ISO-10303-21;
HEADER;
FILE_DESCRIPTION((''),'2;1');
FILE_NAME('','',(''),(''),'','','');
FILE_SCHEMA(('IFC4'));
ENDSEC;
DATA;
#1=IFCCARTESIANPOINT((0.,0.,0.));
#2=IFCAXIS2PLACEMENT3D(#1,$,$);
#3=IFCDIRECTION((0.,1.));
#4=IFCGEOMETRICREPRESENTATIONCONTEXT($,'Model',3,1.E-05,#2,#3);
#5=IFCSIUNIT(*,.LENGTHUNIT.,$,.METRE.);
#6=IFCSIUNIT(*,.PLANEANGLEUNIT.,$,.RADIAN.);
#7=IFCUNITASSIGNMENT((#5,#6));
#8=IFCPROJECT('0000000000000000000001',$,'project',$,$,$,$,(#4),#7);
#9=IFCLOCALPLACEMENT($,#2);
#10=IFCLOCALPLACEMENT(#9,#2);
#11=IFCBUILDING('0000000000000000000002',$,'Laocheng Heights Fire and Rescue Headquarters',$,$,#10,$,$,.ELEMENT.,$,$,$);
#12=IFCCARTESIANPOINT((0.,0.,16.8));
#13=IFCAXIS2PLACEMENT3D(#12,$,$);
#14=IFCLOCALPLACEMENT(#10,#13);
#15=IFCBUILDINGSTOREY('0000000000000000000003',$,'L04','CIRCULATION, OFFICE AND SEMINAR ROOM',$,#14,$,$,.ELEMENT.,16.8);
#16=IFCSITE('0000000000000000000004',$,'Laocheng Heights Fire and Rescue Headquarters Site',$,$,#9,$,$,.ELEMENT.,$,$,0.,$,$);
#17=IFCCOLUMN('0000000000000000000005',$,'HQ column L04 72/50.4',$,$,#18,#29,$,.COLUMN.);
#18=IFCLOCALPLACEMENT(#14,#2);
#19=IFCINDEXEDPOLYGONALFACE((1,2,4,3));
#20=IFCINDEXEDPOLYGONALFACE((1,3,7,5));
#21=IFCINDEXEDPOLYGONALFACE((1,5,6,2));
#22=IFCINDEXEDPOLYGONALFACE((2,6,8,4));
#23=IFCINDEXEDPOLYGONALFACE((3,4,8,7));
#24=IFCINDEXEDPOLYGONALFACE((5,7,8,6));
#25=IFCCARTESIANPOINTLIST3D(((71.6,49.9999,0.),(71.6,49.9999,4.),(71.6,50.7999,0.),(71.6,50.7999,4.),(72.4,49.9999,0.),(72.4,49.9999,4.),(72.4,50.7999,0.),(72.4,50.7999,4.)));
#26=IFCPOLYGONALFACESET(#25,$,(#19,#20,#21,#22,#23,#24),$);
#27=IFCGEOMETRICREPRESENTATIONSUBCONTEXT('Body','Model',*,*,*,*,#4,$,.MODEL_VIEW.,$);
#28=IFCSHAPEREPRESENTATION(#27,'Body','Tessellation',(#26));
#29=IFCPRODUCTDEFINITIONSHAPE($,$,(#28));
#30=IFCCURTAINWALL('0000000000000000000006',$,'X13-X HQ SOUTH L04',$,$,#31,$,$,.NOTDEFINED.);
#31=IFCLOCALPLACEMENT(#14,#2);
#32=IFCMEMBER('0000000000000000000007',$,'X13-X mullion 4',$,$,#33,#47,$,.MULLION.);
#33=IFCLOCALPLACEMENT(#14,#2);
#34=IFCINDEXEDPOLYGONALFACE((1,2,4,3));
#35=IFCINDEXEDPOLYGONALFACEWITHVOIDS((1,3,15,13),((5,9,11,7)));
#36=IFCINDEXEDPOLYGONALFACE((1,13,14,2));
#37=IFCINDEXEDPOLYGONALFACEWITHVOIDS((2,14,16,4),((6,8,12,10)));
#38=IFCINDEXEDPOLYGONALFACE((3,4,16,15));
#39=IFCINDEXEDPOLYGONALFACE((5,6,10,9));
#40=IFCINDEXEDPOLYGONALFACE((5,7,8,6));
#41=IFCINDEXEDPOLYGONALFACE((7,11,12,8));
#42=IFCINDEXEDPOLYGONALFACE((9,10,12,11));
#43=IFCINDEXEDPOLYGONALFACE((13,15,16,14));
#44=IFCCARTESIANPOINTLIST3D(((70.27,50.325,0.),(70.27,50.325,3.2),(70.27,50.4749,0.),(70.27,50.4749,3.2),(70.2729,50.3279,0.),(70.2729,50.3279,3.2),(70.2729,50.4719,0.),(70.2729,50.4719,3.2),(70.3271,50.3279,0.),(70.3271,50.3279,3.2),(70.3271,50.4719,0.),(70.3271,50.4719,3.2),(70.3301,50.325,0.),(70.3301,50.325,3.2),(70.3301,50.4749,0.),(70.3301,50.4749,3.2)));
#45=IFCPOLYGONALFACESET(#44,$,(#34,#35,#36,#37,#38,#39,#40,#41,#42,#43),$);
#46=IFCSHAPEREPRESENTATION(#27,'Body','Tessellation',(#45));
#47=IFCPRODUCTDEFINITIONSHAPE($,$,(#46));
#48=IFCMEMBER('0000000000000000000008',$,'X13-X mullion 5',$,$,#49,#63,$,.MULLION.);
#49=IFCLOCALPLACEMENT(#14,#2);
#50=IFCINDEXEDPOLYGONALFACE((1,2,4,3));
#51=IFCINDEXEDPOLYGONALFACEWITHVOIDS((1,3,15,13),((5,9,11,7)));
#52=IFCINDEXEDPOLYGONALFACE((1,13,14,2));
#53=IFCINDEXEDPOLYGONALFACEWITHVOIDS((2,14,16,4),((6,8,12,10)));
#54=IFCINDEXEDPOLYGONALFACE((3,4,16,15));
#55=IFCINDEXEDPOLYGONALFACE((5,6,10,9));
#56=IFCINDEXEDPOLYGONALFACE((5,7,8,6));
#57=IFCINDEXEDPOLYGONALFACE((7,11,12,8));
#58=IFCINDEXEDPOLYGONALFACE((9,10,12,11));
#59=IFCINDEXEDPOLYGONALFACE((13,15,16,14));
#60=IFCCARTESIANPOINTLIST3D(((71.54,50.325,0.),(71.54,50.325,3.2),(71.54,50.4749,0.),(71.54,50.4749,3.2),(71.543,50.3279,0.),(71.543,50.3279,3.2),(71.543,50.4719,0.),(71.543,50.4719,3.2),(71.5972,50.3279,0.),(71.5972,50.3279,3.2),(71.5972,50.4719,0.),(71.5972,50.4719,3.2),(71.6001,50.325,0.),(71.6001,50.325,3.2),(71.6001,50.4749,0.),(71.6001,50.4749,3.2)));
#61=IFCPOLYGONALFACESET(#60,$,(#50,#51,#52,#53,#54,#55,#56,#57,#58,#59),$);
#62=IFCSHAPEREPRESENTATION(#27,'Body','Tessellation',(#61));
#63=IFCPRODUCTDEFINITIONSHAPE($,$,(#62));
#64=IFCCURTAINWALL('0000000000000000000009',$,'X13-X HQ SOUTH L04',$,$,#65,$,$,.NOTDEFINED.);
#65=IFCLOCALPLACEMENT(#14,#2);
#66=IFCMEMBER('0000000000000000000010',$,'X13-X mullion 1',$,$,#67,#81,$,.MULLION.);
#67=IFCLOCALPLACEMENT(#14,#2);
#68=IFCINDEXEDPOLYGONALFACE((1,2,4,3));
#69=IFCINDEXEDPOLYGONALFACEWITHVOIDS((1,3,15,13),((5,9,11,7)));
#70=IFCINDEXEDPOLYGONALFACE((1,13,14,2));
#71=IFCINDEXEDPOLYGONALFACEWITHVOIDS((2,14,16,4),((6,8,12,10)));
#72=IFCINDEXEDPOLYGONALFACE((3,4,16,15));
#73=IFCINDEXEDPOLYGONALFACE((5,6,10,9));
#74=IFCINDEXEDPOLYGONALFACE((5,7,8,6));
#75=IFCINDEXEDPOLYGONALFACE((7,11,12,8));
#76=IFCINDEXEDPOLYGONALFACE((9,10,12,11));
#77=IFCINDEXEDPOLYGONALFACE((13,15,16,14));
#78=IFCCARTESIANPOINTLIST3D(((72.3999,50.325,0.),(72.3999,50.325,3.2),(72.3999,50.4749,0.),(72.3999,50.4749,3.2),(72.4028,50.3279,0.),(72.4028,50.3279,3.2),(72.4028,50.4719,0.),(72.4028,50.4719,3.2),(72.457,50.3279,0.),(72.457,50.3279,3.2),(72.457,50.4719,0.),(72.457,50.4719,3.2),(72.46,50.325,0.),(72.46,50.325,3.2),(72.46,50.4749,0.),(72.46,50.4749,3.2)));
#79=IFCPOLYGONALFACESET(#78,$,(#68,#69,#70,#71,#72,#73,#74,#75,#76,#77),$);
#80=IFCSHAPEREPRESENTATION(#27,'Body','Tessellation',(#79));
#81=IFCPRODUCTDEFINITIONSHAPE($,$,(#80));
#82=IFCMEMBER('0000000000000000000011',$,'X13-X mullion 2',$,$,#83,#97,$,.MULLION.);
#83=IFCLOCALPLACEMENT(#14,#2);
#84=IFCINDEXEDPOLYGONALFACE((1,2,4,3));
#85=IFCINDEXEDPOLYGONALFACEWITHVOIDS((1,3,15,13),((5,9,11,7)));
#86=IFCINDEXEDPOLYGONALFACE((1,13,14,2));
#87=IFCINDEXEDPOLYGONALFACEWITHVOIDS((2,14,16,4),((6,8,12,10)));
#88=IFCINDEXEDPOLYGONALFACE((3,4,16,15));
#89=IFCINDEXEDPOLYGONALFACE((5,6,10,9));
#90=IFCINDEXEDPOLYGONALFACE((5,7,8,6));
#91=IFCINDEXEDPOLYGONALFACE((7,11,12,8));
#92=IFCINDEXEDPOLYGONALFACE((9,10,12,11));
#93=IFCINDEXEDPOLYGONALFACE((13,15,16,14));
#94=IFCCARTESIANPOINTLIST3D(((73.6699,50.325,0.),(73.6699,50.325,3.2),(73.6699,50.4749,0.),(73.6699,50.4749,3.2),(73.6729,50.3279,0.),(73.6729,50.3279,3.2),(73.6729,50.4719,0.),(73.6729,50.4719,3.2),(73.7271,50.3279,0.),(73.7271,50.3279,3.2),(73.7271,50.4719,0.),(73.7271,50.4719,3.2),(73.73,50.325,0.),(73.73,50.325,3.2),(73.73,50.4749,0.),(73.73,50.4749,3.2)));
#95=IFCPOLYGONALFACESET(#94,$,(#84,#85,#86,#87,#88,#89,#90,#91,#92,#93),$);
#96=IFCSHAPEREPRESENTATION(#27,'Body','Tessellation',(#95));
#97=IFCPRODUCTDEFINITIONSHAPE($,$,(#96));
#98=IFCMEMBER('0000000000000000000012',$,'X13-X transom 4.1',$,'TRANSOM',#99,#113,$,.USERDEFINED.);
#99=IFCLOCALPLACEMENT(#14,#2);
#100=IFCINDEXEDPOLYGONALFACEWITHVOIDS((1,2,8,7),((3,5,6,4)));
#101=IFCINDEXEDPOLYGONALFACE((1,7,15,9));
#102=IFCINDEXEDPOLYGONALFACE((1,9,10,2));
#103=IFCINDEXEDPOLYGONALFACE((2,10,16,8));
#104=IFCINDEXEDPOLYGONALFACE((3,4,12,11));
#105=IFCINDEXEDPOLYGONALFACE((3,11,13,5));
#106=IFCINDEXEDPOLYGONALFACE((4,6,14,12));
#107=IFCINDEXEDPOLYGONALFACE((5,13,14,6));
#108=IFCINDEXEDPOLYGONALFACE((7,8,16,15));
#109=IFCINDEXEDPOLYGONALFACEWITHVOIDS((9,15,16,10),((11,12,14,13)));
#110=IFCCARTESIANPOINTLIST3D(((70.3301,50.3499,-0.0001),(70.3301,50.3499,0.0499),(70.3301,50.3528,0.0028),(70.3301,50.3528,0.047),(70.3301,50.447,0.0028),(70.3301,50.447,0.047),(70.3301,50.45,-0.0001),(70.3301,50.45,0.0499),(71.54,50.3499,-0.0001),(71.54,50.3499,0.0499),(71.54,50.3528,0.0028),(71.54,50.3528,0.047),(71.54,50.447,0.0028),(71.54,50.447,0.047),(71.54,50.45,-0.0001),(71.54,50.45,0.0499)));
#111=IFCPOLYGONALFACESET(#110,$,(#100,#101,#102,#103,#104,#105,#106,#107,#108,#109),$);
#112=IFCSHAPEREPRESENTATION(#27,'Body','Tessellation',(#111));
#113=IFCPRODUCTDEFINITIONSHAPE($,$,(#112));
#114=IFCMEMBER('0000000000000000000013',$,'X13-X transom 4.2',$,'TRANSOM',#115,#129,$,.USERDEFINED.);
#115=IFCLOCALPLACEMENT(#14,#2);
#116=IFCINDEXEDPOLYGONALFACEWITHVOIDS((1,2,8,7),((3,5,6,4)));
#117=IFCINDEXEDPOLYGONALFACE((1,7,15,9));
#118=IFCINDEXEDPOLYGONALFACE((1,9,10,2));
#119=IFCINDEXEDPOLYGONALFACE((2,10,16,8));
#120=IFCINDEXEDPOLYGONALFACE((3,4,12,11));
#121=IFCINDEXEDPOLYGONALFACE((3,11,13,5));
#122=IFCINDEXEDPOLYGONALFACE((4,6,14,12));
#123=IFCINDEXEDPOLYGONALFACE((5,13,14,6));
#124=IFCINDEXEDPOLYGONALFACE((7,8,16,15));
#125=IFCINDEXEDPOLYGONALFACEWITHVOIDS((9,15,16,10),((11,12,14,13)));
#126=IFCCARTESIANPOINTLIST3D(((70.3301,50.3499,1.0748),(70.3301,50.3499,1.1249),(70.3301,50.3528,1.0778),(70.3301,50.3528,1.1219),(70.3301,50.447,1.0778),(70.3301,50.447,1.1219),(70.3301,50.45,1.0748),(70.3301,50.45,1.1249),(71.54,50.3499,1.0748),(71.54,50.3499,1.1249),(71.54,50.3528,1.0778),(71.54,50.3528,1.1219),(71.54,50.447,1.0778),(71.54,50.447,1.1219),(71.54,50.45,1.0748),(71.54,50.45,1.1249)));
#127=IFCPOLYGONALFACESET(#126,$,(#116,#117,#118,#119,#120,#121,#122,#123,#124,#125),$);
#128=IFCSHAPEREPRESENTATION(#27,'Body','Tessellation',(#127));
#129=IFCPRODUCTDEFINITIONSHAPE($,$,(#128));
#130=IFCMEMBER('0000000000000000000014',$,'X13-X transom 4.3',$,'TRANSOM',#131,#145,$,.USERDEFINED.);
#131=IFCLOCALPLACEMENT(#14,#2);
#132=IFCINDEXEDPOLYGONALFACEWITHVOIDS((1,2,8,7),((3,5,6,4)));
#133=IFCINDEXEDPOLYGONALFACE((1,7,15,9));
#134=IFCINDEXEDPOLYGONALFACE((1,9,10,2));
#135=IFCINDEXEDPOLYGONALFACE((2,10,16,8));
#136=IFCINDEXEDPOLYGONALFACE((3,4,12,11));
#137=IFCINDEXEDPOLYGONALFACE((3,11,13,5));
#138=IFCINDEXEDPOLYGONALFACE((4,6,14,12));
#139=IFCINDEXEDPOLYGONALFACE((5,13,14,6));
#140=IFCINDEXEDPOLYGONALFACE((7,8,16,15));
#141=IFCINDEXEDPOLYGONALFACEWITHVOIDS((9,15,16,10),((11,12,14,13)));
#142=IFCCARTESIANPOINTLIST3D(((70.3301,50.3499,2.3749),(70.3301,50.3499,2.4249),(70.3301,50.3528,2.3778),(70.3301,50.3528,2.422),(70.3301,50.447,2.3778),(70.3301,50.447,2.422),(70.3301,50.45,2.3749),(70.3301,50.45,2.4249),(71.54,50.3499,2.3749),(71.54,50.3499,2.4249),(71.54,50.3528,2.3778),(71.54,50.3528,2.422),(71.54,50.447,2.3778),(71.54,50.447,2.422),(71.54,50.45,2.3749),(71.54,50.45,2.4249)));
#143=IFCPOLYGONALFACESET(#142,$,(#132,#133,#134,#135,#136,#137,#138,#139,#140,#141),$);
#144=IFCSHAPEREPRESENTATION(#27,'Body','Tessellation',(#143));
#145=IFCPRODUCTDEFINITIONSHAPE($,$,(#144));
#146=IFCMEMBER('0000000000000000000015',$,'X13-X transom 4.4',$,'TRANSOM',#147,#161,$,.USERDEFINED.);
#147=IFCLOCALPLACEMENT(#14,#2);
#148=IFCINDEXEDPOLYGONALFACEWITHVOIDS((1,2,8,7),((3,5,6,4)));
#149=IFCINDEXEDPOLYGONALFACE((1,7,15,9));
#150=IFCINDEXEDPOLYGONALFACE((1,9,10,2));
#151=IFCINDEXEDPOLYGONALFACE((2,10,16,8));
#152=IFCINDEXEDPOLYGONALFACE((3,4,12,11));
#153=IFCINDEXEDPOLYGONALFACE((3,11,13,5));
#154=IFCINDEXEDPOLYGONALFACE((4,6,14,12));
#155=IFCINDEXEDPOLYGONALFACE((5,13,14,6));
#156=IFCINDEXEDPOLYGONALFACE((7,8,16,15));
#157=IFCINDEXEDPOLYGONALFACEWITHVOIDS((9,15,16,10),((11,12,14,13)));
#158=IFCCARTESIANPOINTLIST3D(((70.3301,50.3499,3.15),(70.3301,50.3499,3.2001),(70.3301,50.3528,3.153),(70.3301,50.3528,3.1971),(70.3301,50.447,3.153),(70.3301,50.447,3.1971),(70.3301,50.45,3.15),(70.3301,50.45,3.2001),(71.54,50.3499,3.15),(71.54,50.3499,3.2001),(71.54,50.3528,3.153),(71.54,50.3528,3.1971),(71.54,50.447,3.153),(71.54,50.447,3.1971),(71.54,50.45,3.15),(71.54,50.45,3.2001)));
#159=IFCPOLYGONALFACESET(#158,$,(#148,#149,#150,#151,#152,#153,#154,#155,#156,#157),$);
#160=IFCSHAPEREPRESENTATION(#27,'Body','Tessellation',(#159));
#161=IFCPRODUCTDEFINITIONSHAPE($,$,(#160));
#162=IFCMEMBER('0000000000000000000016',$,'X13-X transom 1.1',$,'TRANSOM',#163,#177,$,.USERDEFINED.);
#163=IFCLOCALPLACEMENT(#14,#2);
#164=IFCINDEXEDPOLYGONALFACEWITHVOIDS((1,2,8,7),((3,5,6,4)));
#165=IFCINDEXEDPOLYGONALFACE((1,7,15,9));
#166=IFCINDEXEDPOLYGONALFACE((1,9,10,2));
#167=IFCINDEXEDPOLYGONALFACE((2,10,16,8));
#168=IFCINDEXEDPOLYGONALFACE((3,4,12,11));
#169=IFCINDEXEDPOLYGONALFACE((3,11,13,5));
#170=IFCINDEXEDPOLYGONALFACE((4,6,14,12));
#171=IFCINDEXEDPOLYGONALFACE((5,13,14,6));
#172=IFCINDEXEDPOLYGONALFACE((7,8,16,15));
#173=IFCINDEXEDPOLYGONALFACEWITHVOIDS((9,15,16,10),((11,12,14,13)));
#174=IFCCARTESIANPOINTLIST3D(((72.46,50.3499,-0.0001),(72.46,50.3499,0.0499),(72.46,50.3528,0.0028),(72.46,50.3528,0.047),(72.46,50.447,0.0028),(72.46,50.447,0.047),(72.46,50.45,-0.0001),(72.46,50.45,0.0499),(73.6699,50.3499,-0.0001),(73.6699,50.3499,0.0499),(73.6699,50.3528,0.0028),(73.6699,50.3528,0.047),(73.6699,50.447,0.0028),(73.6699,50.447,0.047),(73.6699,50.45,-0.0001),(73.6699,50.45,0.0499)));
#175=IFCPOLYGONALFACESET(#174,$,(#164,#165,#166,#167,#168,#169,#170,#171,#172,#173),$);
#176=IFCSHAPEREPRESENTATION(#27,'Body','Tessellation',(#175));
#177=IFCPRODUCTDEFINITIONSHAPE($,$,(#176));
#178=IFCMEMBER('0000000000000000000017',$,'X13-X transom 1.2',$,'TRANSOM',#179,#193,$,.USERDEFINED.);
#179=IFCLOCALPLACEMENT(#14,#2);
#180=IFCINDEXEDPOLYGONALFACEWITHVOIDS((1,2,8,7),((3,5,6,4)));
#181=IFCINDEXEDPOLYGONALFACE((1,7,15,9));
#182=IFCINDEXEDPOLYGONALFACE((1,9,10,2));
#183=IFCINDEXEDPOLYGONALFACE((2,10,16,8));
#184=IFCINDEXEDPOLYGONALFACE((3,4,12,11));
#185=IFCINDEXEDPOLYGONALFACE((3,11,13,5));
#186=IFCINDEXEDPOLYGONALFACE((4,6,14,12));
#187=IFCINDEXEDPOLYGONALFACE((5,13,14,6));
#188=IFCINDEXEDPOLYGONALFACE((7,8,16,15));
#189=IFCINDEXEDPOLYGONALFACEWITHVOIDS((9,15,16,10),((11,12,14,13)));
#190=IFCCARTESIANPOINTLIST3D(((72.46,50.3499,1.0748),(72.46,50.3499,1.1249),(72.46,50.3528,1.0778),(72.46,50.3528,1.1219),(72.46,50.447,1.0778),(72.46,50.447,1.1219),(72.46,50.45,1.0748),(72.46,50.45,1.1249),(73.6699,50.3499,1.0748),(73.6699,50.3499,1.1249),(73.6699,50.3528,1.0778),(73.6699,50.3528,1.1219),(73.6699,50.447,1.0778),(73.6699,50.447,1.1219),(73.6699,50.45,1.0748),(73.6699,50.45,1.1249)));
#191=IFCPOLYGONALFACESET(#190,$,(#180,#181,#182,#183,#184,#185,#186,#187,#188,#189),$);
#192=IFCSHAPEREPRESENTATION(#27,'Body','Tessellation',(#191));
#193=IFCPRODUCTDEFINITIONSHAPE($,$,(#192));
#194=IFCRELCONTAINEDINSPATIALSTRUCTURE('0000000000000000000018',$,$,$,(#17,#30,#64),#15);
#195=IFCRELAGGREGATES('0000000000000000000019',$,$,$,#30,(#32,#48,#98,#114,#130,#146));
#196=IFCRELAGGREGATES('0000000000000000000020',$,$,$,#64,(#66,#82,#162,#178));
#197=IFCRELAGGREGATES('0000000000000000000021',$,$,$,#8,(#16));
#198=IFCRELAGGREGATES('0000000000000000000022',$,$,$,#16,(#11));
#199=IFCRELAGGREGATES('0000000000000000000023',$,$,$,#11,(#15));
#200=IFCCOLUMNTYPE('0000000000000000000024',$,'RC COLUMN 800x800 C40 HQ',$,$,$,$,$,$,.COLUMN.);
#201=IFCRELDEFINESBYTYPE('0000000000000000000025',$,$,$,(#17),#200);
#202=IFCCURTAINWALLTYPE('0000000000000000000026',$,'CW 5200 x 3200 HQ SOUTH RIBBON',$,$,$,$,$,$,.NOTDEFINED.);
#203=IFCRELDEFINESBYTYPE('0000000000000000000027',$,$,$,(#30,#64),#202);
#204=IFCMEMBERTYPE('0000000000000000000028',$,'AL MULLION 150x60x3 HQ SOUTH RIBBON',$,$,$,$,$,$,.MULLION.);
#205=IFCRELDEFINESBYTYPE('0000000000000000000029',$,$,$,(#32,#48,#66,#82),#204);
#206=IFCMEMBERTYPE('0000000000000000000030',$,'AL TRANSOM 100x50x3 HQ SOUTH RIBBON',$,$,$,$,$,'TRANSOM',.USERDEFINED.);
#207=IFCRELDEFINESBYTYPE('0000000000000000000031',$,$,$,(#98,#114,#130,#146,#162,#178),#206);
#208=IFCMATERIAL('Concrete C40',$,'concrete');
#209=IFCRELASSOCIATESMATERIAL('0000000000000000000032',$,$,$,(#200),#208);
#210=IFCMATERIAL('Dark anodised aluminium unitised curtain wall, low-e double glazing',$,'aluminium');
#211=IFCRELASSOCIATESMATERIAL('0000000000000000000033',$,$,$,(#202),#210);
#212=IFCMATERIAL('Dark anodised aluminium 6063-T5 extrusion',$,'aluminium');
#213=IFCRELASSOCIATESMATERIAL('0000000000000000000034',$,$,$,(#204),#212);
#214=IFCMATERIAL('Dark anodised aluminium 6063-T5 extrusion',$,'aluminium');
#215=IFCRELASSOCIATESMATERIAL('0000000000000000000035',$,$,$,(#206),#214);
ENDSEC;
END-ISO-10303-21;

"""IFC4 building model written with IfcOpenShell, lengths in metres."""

from ifc_helpers import new_model, si_unit, direction, frame, origin, origin_2d, place, context, subcontext, project, spatial, rectangle, hollow_rectangle, extrude, material, material_profile, profile_set, type_object, element, aggregate, save


model = new_model("IFC4")

# Units and contexts
model_context = context("Model", 3, precision=1e-05, world=origin(), true_north=direction((0.0, 1.0)))
body_context = subcontext(model_context, "Body", "Model", "MODEL_VIEW")
ifc_project = project(units=[si_unit("LENGTHUNIT", "METRE"), si_unit("PLANEANGLEUNIT", "RADIAN")], contexts=[model_context])

# Site, building, storey
site_placement = place(None, origin())
site = spatial("IfcSite", under=ifc_project, at=site_placement, Name="Laocheng Heights Fire and Rescue Headquarters Site", CompositionType="ELEMENT", RefElevation=0.0)
building_placement = place(site_placement, origin())
building = spatial("IfcBuilding", under=site, at=building_placement, Name="Laocheng Heights Fire and Rescue Headquarters", CompositionType="ELEMENT")
storey_placement = place(building_placement, frame((0.0, 0.0, 16.8)))
storey = spatial("IfcBuildingStorey", under=building, at=storey_placement, Name="L04", Description="CIRCULATION, OFFICE AND SEMINAR ROOM", CompositionType="ELEMENT", Elevation=16.8)

# Column
ifc_material_1 = material(Name="Concrete C40", Category="concrete")
ifc_material_profile_1 = material_profile(ifc_material_1, rectangle(XDim=0.8, YDim=0.8, at=origin_2d()), Name="RC COLUMN 800x800 C40 HQ")
ifc_profile_set_1 = profile_set([ifc_material_profile_1], Name="Concrete C40")
column_type = type_object("IfcColumnType", Name="RC COLUMN 800x800 C40 HQ", PredefinedType="COLUMN", material=ifc_profile_set_1)
column_placement = place(storey_placement, frame((72.0, 50.3999, 0.0), z_axis=(0.0, 0.0, 1.0), x_axis=(1.0, 0.0, 0.0)))
element("IfcColumn", 1, at=column_placement, inside=storey, type_object=column_type, Name="HQ column L04 72/50.4", PredefinedType="COLUMN", context=body_context, shape_type="SweptSolid", body=[
    extrude(rectangle(XDim=0.8, YDim=0.8, at=origin_2d()), origin(), (0.0, 0.0, 1.0), 4.0),
])

# Curtain walls, members
ifc_material_2 = material(Name="Dark anodised aluminium unitised curtain wall, low-e double glazing", Category="aluminium")
curtain_wall_type = type_object("IfcCurtainWallType", Name="CW 5200 x 3200 HQ SOUTH RIBBON", PredefinedType="NOTDEFINED", material=ifc_material_2)
curtain_wall_1_placement = place(storey_placement, origin())
curtain_wall_1 = element("IfcCurtainWall", 2, at=curtain_wall_1_placement, inside=storey, type_object=curtain_wall_type, Name="X13-X HQ SOUTH L04", PredefinedType="NOTDEFINED")
ifc_material_3 = material(Name="Dark anodised aluminium 6063-T5 extrusion", Category="aluminium")
ifc_material_profile_2 = material_profile(ifc_material_3, hollow_rectangle(XDim=0.1499, YDim=0.0601, WallThickness=0.0029, at=origin_2d()), Name="AL MULLION 150x60x3 HQ SOUTH RIBBON")
ifc_profile_set_2 = profile_set([ifc_material_profile_2], Name="Dark anodised aluminium 6063-T5 extrusion")
member_type_1 = type_object("IfcMemberType", Name="AL MULLION 150x60x3 HQ SOUTH RIBBON", PredefinedType="MULLION", material=ifc_profile_set_2)
member_1_placement = place(storey_placement, frame((70.3, 50.3999, 0.0), z_axis=(0.0, 0.0, 1.0), x_axis=(0.0, 1.0, 0.0)))
member_1 = element("IfcMember", 3, at=member_1_placement, type_object=member_type_1, Name="X13-X mullion 4", PredefinedType="MULLION", context=body_context, shape_type="SweptSolid", body=[
    extrude(hollow_rectangle(XDim=0.1499, YDim=0.0601, WallThickness=0.0029, at=origin_2d()), origin(), (0.0, 0.0, 1.0), 3.2),
])
member_2_placement = place(storey_placement, frame((71.5701, 50.3999, 0.0), z_axis=(0.0, 0.0, 1.0), x_axis=(0.0, 1.0, 0.0)))
member_2 = element("IfcMember", 4, at=member_2_placement, type_object=member_type_1, Name="X13-X mullion 5", PredefinedType="MULLION", context=body_context, shape_type="SweptSolid", body=[
    extrude(hollow_rectangle(XDim=0.1499, YDim=0.0601, WallThickness=0.0029, at=origin_2d()), origin(), (0.0, 0.0, 1.0), 3.2),
])
curtain_wall_2_placement = place(storey_placement, origin())
curtain_wall_2 = element("IfcCurtainWall", 5, at=curtain_wall_2_placement, inside=storey, type_object=curtain_wall_type, Name="X13-X HQ SOUTH L04", PredefinedType="NOTDEFINED")
member_3_placement = place(storey_placement, frame((72.4299, 50.3999, 0.0), z_axis=(0.0, 0.0, 1.0), x_axis=(0.0, 1.0, 0.0)))
member_3 = element("IfcMember", 6, at=member_3_placement, type_object=member_type_1, Name="X13-X mullion 1", PredefinedType="MULLION", context=body_context, shape_type="SweptSolid", body=[
    extrude(hollow_rectangle(XDim=0.1499, YDim=0.0601, WallThickness=0.0029, at=origin_2d()), origin(), (0.0, 0.0, 1.0), 3.2),
])
member_4_placement = place(storey_placement, frame((73.7, 50.3999, 0.0), z_axis=(0.0, 0.0, 1.0), x_axis=(0.0, 1.0, 0.0)))
member_4 = element("IfcMember", 7, at=member_4_placement, type_object=member_type_1, Name="X13-X mullion 2", PredefinedType="MULLION", context=body_context, shape_type="SweptSolid", body=[
    extrude(hollow_rectangle(XDim=0.1499, YDim=0.0601, WallThickness=0.0029, at=origin_2d()), origin(), (0.0, 0.0, 1.0), 3.2),
])

# Members
ifc_material_4 = material(Name="Dark anodised aluminium 6063-T5 extrusion", Category="aluminium")
ifc_material_profile_3 = material_profile(ifc_material_4, hollow_rectangle(XDim=0.1001, YDim=0.05, WallThickness=0.0029, at=origin_2d()), Name="AL TRANSOM 100x50x3 HQ SOUTH RIBBON")
ifc_profile_set_3 = profile_set([ifc_material_profile_3], Name="Dark anodised aluminium 6063-T5 extrusion")
member_type_2 = type_object("IfcMemberType", Name="AL TRANSOM 100x50x3 HQ SOUTH RIBBON", ElementType="TRANSOM", PredefinedType="USERDEFINED", material=ifc_profile_set_3)
member_5_placement = place(storey_placement, frame((70.3301, 50.3999, 0.0249), z_axis=(1.0, 0.0, 0.0), x_axis=(0.0, 1.0, 0.0)))
member_5 = element("IfcMember", 8, at=member_5_placement, type_object=member_type_2, Name="X13-X transom 4.1", ObjectType="TRANSOM", PredefinedType="USERDEFINED", context=body_context, shape_type="SweptSolid", body=[
    extrude(hollow_rectangle(XDim=0.1001, YDim=0.05, WallThickness=0.0029, at=origin_2d()), origin(), (0.0, 0.0, 1.0), 1.21),
])
member_6_placement = place(storey_placement, frame((70.3301, 50.3999, 1.0999), z_axis=(1.0, 0.0, 0.0), x_axis=(0.0, 1.0, 0.0)))
member_6 = element("IfcMember", 9, at=member_6_placement, type_object=member_type_2, Name="X13-X transom 4.2", ObjectType="TRANSOM", PredefinedType="USERDEFINED", context=body_context, shape_type="SweptSolid", body=[
    extrude(hollow_rectangle(XDim=0.1001, YDim=0.05, WallThickness=0.0029, at=origin_2d()), origin(), (0.0, 0.0, 1.0), 1.21),
])
member_7_placement = place(storey_placement, frame((70.3301, 50.3999, 2.3999), z_axis=(1.0, 0.0, 0.0), x_axis=(0.0, 1.0, 0.0)))
member_7 = element("IfcMember", 10, at=member_7_placement, type_object=member_type_2, Name="X13-X transom 4.3", ObjectType="TRANSOM", PredefinedType="USERDEFINED", context=body_context, shape_type="SweptSolid", body=[
    extrude(hollow_rectangle(XDim=0.1001, YDim=0.05, WallThickness=0.0029, at=origin_2d()), origin(), (0.0, 0.0, 1.0), 1.21),
])
member_8_placement = place(storey_placement, frame((70.3301, 50.3999, 3.175), z_axis=(1.0, 0.0, 0.0), x_axis=(0.0, 1.0, 0.0)))
member_8 = element("IfcMember", 11, at=member_8_placement, type_object=member_type_2, Name="X13-X transom 4.4", ObjectType="TRANSOM", PredefinedType="USERDEFINED", context=body_context, shape_type="SweptSolid", body=[
    extrude(hollow_rectangle(XDim=0.1001, YDim=0.05, WallThickness=0.0029, at=origin_2d()), origin(), (0.0, 0.0, 1.0), 1.21),
])
member_9_placement = place(storey_placement, frame((72.46, 50.3999, 0.0249), z_axis=(1.0, 0.0, 0.0), x_axis=(0.0, 1.0, 0.0)))
member_9 = element("IfcMember", 12, at=member_9_placement, type_object=member_type_2, Name="X13-X transom 1.1", ObjectType="TRANSOM", PredefinedType="USERDEFINED", context=body_context, shape_type="SweptSolid", body=[
    extrude(hollow_rectangle(XDim=0.1001, YDim=0.05, WallThickness=0.0029, at=origin_2d()), origin(), (0.0, 0.0, 1.0), 1.21),
])
member_10_placement = place(storey_placement, frame((72.46, 50.3999, 1.0999), z_axis=(1.0, 0.0, 0.0), x_axis=(0.0, 1.0, 0.0)))
member_10 = element("IfcMember", 13, at=member_10_placement, type_object=member_type_2, Name="X13-X transom 1.2", ObjectType="TRANSOM", PredefinedType="USERDEFINED", context=body_context, shape_type="SweptSolid", body=[
    extrude(hollow_rectangle(XDim=0.1001, YDim=0.05, WallThickness=0.0029, at=origin_2d()), origin(), (0.0, 0.0, 1.0), 1.21),
])

aggregate(curtain_wall_1, [member_1, member_2, member_5, member_6, member_7, member_8])
aggregate(curtain_wall_2, [member_3, member_4, member_9, member_10])

save(model, "model.ifc")
